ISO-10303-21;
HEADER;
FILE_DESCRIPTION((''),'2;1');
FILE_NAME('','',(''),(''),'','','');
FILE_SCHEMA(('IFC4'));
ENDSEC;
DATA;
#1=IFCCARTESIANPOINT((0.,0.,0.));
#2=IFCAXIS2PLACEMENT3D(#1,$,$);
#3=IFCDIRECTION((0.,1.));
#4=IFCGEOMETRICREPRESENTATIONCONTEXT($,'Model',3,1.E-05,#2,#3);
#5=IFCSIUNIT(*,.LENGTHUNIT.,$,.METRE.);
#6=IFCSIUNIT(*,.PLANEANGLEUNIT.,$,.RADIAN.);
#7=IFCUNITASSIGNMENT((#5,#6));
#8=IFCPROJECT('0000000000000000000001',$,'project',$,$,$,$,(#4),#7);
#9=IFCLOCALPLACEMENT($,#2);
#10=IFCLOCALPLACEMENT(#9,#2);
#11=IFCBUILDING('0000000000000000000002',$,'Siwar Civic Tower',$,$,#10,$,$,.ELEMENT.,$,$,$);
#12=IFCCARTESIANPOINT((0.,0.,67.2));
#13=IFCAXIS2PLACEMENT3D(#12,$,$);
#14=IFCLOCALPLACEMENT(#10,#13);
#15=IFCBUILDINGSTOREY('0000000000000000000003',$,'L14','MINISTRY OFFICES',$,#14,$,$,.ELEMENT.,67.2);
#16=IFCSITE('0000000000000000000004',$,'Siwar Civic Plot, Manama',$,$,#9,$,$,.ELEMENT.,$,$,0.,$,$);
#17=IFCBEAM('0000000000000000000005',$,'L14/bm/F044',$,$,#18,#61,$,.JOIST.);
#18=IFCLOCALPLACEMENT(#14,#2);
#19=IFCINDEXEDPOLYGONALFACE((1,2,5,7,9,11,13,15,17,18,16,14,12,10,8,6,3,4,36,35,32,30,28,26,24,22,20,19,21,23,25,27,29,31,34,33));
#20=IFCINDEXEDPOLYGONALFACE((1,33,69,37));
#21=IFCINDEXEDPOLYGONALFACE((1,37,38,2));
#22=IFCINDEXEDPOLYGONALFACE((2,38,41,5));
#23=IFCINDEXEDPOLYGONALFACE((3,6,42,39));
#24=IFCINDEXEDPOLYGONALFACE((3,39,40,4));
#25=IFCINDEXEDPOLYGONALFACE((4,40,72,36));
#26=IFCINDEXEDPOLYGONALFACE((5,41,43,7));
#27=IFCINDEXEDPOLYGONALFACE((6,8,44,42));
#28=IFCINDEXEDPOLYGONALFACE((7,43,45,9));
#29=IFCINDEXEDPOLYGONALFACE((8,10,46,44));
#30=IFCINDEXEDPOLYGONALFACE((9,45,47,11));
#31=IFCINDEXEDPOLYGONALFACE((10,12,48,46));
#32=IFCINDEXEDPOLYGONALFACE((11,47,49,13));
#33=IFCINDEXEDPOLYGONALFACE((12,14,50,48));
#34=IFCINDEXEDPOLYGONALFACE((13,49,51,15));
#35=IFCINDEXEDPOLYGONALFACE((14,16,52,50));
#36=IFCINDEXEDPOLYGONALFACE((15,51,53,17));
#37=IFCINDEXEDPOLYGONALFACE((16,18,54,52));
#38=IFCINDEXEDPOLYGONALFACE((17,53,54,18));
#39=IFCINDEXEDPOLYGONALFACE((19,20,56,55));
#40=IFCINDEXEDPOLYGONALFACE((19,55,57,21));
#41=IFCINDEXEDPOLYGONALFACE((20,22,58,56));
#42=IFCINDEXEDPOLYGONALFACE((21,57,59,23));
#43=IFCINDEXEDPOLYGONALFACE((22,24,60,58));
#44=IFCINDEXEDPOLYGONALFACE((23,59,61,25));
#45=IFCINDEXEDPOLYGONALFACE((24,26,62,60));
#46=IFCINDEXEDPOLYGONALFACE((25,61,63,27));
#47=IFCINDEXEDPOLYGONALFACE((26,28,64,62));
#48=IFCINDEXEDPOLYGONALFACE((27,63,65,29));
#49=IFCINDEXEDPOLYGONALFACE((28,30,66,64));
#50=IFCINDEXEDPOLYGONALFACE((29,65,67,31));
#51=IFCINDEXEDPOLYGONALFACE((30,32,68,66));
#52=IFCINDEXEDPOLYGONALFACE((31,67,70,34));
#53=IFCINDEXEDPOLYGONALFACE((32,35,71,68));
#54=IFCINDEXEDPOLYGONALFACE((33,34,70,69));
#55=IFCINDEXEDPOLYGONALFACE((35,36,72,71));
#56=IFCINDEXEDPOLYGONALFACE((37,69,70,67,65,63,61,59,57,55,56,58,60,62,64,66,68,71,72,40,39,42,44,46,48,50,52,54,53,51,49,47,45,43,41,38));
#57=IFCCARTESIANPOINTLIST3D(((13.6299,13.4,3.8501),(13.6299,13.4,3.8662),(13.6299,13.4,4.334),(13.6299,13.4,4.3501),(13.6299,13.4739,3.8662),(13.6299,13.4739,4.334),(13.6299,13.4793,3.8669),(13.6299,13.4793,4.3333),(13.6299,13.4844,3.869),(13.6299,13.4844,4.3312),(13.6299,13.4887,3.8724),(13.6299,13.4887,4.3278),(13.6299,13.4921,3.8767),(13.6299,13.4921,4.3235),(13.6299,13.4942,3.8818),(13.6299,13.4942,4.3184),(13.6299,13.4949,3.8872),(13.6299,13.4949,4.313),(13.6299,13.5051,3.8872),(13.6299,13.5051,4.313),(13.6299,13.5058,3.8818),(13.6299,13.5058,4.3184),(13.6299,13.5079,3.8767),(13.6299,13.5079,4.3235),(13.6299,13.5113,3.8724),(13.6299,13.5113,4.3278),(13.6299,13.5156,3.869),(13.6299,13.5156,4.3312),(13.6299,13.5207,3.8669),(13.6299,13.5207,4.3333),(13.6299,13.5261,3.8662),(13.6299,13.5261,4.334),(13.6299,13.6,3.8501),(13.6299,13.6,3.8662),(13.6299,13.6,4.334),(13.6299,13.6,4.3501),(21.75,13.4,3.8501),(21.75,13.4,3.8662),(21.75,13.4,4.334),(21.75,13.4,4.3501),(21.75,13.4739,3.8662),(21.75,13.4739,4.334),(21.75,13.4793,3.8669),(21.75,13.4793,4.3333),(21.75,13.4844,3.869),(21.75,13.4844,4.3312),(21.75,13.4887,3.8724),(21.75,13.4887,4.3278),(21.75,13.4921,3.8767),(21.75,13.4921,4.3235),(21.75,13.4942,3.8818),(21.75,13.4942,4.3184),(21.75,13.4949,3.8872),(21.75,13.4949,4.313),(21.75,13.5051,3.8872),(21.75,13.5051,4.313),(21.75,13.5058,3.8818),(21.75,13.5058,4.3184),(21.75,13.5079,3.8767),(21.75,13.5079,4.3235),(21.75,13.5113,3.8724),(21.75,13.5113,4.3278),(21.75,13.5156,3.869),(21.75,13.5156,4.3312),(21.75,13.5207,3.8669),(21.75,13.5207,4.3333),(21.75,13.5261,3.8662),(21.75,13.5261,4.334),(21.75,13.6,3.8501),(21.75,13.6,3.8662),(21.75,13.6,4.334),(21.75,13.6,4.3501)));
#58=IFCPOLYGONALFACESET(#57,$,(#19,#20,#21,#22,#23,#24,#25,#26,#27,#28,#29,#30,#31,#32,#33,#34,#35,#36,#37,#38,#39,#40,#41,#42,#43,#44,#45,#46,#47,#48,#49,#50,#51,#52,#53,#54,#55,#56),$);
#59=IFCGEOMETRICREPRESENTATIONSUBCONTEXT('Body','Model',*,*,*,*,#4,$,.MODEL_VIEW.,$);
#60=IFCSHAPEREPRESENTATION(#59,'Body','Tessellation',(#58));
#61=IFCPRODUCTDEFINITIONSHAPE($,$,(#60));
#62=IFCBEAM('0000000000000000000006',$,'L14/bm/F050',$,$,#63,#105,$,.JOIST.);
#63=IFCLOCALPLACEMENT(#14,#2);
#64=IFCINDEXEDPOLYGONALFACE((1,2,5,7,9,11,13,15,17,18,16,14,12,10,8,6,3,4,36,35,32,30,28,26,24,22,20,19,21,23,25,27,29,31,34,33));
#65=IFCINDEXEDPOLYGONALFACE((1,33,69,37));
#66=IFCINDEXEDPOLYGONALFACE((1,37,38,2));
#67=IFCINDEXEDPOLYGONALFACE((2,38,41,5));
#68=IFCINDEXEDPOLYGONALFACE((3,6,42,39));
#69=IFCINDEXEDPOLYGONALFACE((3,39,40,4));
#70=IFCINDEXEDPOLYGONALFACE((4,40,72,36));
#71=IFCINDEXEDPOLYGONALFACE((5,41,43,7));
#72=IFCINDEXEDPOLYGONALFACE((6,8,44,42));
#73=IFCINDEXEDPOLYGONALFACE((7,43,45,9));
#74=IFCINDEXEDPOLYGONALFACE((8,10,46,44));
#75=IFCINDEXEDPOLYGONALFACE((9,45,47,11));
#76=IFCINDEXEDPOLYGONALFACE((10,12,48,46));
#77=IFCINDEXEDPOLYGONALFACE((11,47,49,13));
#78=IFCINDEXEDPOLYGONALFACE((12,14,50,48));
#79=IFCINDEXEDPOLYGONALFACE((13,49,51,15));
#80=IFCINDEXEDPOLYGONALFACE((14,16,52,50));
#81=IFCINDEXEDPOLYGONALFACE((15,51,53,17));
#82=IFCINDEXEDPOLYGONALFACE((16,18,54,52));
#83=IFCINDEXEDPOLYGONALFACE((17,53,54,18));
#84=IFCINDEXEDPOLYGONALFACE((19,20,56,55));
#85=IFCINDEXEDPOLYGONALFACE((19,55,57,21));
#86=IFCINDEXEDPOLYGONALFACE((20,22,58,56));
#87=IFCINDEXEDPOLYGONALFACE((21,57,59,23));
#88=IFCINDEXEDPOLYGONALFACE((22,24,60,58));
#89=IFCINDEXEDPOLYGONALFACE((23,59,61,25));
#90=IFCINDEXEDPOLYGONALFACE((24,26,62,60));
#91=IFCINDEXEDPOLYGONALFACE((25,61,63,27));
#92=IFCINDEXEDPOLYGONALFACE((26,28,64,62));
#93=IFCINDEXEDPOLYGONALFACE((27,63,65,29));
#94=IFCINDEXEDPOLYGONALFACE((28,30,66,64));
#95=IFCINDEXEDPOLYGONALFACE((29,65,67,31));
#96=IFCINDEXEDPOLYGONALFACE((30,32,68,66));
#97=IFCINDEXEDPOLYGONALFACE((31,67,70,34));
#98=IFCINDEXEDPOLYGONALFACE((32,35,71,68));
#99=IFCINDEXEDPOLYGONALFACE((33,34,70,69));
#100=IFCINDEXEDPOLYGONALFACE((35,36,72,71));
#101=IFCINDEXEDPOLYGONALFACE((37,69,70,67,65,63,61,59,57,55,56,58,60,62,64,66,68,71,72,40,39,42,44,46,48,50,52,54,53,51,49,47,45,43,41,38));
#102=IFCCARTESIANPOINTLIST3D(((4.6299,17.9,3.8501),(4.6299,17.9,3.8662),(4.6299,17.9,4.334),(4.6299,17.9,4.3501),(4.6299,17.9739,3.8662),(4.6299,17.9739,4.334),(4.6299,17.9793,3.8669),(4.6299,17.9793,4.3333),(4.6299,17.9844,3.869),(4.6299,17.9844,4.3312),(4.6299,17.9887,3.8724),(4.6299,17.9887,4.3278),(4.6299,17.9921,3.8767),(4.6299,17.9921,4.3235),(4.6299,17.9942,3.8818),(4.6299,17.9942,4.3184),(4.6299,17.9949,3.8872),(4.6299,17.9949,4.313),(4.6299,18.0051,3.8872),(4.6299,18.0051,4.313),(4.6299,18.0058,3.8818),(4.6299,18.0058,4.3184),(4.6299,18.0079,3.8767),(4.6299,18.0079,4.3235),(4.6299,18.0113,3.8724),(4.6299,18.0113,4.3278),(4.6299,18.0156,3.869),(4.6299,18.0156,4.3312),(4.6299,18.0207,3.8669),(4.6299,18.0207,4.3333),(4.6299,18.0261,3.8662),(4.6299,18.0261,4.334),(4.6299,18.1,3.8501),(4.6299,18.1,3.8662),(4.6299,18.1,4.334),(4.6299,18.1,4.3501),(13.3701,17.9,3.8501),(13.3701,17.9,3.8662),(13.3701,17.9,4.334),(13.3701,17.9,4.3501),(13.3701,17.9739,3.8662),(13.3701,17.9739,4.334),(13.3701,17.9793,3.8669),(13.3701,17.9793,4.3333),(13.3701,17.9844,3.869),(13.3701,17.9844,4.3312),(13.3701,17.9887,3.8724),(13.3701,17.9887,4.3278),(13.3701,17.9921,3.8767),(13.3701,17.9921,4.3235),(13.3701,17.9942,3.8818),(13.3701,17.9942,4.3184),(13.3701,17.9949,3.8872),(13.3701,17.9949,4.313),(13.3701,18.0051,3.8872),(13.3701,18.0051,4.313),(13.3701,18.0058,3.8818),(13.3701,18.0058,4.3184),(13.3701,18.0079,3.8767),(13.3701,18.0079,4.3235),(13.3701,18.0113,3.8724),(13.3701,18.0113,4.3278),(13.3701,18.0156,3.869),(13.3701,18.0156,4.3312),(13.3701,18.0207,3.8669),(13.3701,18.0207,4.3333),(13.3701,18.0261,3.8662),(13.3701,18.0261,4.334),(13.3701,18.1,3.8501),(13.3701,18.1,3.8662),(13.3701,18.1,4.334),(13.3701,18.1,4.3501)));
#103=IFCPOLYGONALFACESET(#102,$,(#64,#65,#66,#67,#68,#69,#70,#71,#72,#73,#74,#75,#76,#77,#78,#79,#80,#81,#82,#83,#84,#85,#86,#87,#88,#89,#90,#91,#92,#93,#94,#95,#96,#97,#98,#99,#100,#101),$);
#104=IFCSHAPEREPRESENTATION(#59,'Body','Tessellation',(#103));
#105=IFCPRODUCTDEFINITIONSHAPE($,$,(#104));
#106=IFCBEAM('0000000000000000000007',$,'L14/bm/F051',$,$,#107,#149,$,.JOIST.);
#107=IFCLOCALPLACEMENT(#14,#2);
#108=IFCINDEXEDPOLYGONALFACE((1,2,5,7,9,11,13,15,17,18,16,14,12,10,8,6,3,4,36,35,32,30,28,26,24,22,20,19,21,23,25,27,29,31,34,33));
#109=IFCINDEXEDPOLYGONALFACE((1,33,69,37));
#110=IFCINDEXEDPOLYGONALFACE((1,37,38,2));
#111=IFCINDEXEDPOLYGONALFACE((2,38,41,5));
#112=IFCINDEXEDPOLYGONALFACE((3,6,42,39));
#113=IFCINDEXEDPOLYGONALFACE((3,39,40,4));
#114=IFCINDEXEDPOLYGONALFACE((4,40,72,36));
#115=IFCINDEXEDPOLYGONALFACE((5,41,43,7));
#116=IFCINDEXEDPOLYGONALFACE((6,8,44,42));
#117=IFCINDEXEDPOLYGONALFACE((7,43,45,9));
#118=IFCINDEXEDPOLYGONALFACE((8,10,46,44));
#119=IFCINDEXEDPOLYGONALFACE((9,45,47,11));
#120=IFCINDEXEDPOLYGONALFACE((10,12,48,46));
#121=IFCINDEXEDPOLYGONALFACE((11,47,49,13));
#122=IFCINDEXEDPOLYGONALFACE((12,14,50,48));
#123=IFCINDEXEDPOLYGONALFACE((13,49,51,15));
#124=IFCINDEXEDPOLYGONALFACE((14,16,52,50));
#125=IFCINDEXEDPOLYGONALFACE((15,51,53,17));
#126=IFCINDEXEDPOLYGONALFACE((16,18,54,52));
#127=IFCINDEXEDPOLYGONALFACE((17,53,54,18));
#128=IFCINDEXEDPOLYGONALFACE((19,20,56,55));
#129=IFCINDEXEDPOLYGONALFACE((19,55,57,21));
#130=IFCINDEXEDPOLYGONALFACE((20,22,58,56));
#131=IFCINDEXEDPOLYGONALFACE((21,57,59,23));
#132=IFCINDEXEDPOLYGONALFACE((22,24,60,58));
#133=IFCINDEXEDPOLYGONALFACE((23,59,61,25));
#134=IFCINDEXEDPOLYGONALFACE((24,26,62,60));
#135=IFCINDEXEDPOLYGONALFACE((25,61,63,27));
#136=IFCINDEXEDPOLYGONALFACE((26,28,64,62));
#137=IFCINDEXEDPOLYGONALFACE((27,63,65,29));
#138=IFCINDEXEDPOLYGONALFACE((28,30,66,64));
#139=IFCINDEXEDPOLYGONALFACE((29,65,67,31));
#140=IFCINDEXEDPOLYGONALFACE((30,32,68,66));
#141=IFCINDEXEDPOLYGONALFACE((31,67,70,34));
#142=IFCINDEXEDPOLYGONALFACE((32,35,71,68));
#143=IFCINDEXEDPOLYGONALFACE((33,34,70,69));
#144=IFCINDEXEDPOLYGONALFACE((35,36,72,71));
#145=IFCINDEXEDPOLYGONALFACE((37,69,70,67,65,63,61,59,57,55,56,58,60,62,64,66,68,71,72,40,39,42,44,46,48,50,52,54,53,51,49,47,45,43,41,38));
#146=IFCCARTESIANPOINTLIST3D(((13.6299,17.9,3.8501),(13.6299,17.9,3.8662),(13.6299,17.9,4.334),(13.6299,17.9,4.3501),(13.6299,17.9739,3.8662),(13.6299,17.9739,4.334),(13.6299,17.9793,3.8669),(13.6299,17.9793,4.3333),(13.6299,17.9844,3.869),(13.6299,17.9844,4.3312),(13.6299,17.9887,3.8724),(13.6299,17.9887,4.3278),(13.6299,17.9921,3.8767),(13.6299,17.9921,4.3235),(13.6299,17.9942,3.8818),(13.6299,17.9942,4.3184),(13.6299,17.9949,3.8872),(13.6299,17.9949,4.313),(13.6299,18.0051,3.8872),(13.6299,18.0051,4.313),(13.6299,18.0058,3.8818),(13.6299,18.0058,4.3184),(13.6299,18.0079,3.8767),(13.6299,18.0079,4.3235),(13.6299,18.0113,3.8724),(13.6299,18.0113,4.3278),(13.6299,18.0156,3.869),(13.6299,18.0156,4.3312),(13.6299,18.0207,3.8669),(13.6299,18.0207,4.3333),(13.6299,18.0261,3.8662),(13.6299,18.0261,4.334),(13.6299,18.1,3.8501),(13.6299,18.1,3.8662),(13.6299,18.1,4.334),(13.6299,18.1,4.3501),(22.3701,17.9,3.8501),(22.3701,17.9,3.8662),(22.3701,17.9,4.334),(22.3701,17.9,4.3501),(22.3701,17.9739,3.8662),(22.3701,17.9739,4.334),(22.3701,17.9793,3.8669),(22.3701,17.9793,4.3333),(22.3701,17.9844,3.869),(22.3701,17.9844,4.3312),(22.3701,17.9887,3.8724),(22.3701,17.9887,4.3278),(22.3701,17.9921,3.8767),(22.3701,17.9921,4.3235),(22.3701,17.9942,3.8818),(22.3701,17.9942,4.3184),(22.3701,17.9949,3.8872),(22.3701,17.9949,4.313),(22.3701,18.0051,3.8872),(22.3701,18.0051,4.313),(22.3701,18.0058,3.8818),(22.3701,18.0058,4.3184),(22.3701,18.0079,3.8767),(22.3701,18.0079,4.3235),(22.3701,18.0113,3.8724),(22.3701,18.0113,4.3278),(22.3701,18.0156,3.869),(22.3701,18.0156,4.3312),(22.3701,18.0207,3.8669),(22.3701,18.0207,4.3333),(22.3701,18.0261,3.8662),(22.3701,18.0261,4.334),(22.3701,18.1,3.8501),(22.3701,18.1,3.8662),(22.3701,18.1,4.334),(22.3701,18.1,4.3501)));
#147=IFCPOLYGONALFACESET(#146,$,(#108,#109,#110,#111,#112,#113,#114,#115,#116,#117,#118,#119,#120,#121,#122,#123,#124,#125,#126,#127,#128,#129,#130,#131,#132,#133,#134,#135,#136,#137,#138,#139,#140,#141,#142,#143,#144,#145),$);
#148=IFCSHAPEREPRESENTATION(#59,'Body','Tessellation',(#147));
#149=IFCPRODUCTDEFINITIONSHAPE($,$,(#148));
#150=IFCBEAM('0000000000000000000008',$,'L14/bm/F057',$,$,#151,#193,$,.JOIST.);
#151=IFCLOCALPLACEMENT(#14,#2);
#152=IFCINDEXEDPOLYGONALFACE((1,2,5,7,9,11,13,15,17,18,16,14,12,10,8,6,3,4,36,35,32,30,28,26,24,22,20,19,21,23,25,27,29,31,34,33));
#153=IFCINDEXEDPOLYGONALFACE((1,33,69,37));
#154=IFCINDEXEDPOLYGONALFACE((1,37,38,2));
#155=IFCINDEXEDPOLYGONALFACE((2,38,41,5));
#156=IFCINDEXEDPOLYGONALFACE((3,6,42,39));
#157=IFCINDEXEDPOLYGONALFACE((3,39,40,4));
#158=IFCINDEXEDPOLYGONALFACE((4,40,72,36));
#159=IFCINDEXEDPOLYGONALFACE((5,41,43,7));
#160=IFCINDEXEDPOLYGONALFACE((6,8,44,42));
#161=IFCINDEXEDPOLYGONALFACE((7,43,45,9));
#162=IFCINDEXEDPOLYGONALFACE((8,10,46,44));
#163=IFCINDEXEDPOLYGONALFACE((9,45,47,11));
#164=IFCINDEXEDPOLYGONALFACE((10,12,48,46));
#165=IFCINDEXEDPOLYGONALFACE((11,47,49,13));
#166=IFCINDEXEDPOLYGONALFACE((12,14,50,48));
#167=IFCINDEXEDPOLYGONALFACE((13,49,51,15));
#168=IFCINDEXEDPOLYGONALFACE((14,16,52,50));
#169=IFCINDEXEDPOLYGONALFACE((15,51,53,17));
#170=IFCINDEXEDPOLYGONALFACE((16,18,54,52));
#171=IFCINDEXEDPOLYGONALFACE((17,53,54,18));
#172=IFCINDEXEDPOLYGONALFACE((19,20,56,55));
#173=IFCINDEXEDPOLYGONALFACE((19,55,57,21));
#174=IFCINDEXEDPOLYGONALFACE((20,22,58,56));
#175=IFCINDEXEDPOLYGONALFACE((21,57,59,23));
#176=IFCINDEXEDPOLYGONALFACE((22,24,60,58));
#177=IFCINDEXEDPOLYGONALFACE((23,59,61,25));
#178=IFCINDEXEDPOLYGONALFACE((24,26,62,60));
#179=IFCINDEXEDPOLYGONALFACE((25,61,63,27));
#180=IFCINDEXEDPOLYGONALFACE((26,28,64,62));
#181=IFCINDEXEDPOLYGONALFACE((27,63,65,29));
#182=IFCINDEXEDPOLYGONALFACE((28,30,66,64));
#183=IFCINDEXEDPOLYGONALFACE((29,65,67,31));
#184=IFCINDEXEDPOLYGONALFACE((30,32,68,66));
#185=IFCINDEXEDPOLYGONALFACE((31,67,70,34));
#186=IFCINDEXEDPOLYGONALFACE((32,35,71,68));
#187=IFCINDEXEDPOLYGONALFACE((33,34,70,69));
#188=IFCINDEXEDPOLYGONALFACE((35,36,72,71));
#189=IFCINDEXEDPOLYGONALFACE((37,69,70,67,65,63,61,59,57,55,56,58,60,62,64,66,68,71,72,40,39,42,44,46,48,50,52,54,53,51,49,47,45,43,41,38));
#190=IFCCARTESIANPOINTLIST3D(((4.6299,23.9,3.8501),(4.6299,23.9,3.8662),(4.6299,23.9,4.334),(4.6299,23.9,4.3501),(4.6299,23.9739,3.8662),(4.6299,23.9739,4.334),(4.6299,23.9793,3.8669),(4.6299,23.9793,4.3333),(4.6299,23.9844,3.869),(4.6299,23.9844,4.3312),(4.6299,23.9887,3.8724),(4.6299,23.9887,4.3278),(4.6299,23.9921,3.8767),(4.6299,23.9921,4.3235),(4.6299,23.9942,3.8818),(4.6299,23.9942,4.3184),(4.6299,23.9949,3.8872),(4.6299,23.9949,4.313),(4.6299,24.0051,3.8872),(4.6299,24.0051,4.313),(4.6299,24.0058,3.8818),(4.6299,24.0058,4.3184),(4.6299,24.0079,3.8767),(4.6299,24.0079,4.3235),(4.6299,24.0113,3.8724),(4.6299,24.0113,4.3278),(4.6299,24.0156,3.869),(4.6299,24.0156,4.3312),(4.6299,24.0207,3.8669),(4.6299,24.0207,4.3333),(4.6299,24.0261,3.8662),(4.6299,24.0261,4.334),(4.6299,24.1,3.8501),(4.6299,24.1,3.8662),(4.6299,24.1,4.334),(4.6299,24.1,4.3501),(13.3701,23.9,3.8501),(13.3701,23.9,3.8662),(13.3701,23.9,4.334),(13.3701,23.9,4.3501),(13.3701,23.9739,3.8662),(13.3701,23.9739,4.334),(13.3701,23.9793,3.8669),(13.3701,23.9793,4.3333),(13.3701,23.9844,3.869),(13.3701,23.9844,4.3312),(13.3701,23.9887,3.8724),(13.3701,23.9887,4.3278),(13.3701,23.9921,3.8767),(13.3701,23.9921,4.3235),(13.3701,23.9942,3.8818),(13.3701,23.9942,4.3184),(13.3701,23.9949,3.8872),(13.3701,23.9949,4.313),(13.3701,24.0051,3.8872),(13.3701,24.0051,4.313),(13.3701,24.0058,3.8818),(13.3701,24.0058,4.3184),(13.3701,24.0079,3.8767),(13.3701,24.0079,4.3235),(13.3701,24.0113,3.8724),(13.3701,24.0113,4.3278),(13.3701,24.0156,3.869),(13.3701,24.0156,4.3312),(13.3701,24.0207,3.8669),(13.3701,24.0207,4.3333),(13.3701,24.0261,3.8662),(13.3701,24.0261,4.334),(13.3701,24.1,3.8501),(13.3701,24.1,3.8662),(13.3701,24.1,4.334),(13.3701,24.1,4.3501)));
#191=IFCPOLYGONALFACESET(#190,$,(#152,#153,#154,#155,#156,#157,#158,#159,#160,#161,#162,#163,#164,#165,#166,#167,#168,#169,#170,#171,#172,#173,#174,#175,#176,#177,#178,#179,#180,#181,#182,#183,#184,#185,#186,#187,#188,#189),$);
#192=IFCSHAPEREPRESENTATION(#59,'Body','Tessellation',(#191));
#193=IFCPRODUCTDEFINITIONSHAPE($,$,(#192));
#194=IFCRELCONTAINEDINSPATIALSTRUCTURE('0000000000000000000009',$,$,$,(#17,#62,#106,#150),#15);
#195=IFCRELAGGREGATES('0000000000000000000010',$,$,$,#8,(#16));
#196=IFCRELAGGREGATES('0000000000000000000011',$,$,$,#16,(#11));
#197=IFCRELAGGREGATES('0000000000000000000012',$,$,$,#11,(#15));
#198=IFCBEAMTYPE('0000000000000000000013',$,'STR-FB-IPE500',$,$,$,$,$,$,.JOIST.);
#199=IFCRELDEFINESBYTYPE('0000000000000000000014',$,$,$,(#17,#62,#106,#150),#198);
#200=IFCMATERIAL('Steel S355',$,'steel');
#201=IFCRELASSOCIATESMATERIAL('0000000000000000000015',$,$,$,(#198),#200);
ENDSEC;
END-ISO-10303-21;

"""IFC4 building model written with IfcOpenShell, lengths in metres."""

from ifc_helpers import new_model, si_unit, direction, frame, origin, origin_2d, place, context, subcontext, project, spatial, i_section, extrude, material, material_profile, profile_set, type_object, element, save


model = new_model("IFC4")

# Units and contexts
model_context = context("Model", 3, precision=1e-05, world=origin(), true_north=direction((0.0, 1.0)))
body_context = subcontext(model_context, "Body", "Model", "MODEL_VIEW")
ifc_project = project(units=[si_unit("LENGTHUNIT", "METRE"), si_unit("PLANEANGLEUNIT", "RADIAN")], contexts=[model_context])

# Site, building, storey
site_placement = place(None, origin())
site = spatial("IfcSite", under=ifc_project, at=site_placement, Name="Siwar Civic Plot, Manama", CompositionType="ELEMENT", RefElevation=0.0)
building_placement = place(site_placement, origin())
building = spatial("IfcBuilding", under=site, at=building_placement, Name="Siwar Civic Tower", CompositionType="ELEMENT")
storey_placement = place(building_placement, frame((0.0, 0.0, 67.2)))
storey = spatial("IfcBuildingStorey", under=building, at=storey_placement, Name="L14", Description="MINISTRY OFFICES", CompositionType="ELEMENT", Elevation=67.2)

# Beams
ifc_material_1 = material(Name="Steel S355", Category="steel")
ifc_material_profile_1 = material_profile(ifc_material_1, i_section(OverallWidth=0.2, OverallDepth=0.5, WebThickness=0.0103, FlangeThickness=0.0161, FilletRadius=0.021, at=origin_2d()), Name="IPE500")
ifc_profile_set_1 = profile_set([ifc_material_profile_1], Name="Steel S355")
beam_type_1 = type_object("IfcBeamType", Name="STR-FB-IPE500", PredefinedType="JOIST", material=ifc_profile_set_1)
beam_1_placement = place(storey_placement, frame((13.6299, 13.5, 4.1001), z_axis=(1.0, 0.0, 0.0), x_axis=(0.0, 1.0, 0.0)))
element("IfcBeam", 1, at=beam_1_placement, inside=storey, type_object=beam_type_1, Name="L14/bm/F044", PredefinedType="JOIST", context=body_context, shape_type="SweptSolid", body=[
    extrude(i_section(OverallWidth=0.2, OverallDepth=0.5, WebThickness=0.0103, FlangeThickness=0.0161, FilletRadius=0.021, at=origin_2d()), origin(), (0.0, 0.0, 1.0), 8.1201),
])
for number, where, z_axis, x_axis, name in (
    (2, (4.6299, 18.0, 4.1001), (1.0, 0.0, 0.0), (0.0, 1.0, 0.0), "L14/bm/F050"),
    (3, (13.6299, 18.0, 4.1001), (1.0, 0.0, 0.0), (0.0, 1.0, 0.0), "L14/bm/F051"),
    (4, (4.6299, 24.0, 4.1001), (1.0, 0.0, 0.0), (0.0, 1.0, 0.0), "L14/bm/F057"),
):
    element("IfcBeam", number, at=place(storey_placement, frame(where, z_axis=z_axis, x_axis=x_axis)), inside=storey, type_object=beam_type_1, Name=name, PredefinedType="JOIST", context=body_context, shape_type="SweptSolid", body=[
        extrude(i_section(OverallWidth=0.2, OverallDepth=0.5, WebThickness=0.0103, FlangeThickness=0.0161, FilletRadius=0.021, at=origin_2d()), origin(), (0.0, 0.0, 1.0), 8.7402),
    ])

save(model, "model.ifc")
